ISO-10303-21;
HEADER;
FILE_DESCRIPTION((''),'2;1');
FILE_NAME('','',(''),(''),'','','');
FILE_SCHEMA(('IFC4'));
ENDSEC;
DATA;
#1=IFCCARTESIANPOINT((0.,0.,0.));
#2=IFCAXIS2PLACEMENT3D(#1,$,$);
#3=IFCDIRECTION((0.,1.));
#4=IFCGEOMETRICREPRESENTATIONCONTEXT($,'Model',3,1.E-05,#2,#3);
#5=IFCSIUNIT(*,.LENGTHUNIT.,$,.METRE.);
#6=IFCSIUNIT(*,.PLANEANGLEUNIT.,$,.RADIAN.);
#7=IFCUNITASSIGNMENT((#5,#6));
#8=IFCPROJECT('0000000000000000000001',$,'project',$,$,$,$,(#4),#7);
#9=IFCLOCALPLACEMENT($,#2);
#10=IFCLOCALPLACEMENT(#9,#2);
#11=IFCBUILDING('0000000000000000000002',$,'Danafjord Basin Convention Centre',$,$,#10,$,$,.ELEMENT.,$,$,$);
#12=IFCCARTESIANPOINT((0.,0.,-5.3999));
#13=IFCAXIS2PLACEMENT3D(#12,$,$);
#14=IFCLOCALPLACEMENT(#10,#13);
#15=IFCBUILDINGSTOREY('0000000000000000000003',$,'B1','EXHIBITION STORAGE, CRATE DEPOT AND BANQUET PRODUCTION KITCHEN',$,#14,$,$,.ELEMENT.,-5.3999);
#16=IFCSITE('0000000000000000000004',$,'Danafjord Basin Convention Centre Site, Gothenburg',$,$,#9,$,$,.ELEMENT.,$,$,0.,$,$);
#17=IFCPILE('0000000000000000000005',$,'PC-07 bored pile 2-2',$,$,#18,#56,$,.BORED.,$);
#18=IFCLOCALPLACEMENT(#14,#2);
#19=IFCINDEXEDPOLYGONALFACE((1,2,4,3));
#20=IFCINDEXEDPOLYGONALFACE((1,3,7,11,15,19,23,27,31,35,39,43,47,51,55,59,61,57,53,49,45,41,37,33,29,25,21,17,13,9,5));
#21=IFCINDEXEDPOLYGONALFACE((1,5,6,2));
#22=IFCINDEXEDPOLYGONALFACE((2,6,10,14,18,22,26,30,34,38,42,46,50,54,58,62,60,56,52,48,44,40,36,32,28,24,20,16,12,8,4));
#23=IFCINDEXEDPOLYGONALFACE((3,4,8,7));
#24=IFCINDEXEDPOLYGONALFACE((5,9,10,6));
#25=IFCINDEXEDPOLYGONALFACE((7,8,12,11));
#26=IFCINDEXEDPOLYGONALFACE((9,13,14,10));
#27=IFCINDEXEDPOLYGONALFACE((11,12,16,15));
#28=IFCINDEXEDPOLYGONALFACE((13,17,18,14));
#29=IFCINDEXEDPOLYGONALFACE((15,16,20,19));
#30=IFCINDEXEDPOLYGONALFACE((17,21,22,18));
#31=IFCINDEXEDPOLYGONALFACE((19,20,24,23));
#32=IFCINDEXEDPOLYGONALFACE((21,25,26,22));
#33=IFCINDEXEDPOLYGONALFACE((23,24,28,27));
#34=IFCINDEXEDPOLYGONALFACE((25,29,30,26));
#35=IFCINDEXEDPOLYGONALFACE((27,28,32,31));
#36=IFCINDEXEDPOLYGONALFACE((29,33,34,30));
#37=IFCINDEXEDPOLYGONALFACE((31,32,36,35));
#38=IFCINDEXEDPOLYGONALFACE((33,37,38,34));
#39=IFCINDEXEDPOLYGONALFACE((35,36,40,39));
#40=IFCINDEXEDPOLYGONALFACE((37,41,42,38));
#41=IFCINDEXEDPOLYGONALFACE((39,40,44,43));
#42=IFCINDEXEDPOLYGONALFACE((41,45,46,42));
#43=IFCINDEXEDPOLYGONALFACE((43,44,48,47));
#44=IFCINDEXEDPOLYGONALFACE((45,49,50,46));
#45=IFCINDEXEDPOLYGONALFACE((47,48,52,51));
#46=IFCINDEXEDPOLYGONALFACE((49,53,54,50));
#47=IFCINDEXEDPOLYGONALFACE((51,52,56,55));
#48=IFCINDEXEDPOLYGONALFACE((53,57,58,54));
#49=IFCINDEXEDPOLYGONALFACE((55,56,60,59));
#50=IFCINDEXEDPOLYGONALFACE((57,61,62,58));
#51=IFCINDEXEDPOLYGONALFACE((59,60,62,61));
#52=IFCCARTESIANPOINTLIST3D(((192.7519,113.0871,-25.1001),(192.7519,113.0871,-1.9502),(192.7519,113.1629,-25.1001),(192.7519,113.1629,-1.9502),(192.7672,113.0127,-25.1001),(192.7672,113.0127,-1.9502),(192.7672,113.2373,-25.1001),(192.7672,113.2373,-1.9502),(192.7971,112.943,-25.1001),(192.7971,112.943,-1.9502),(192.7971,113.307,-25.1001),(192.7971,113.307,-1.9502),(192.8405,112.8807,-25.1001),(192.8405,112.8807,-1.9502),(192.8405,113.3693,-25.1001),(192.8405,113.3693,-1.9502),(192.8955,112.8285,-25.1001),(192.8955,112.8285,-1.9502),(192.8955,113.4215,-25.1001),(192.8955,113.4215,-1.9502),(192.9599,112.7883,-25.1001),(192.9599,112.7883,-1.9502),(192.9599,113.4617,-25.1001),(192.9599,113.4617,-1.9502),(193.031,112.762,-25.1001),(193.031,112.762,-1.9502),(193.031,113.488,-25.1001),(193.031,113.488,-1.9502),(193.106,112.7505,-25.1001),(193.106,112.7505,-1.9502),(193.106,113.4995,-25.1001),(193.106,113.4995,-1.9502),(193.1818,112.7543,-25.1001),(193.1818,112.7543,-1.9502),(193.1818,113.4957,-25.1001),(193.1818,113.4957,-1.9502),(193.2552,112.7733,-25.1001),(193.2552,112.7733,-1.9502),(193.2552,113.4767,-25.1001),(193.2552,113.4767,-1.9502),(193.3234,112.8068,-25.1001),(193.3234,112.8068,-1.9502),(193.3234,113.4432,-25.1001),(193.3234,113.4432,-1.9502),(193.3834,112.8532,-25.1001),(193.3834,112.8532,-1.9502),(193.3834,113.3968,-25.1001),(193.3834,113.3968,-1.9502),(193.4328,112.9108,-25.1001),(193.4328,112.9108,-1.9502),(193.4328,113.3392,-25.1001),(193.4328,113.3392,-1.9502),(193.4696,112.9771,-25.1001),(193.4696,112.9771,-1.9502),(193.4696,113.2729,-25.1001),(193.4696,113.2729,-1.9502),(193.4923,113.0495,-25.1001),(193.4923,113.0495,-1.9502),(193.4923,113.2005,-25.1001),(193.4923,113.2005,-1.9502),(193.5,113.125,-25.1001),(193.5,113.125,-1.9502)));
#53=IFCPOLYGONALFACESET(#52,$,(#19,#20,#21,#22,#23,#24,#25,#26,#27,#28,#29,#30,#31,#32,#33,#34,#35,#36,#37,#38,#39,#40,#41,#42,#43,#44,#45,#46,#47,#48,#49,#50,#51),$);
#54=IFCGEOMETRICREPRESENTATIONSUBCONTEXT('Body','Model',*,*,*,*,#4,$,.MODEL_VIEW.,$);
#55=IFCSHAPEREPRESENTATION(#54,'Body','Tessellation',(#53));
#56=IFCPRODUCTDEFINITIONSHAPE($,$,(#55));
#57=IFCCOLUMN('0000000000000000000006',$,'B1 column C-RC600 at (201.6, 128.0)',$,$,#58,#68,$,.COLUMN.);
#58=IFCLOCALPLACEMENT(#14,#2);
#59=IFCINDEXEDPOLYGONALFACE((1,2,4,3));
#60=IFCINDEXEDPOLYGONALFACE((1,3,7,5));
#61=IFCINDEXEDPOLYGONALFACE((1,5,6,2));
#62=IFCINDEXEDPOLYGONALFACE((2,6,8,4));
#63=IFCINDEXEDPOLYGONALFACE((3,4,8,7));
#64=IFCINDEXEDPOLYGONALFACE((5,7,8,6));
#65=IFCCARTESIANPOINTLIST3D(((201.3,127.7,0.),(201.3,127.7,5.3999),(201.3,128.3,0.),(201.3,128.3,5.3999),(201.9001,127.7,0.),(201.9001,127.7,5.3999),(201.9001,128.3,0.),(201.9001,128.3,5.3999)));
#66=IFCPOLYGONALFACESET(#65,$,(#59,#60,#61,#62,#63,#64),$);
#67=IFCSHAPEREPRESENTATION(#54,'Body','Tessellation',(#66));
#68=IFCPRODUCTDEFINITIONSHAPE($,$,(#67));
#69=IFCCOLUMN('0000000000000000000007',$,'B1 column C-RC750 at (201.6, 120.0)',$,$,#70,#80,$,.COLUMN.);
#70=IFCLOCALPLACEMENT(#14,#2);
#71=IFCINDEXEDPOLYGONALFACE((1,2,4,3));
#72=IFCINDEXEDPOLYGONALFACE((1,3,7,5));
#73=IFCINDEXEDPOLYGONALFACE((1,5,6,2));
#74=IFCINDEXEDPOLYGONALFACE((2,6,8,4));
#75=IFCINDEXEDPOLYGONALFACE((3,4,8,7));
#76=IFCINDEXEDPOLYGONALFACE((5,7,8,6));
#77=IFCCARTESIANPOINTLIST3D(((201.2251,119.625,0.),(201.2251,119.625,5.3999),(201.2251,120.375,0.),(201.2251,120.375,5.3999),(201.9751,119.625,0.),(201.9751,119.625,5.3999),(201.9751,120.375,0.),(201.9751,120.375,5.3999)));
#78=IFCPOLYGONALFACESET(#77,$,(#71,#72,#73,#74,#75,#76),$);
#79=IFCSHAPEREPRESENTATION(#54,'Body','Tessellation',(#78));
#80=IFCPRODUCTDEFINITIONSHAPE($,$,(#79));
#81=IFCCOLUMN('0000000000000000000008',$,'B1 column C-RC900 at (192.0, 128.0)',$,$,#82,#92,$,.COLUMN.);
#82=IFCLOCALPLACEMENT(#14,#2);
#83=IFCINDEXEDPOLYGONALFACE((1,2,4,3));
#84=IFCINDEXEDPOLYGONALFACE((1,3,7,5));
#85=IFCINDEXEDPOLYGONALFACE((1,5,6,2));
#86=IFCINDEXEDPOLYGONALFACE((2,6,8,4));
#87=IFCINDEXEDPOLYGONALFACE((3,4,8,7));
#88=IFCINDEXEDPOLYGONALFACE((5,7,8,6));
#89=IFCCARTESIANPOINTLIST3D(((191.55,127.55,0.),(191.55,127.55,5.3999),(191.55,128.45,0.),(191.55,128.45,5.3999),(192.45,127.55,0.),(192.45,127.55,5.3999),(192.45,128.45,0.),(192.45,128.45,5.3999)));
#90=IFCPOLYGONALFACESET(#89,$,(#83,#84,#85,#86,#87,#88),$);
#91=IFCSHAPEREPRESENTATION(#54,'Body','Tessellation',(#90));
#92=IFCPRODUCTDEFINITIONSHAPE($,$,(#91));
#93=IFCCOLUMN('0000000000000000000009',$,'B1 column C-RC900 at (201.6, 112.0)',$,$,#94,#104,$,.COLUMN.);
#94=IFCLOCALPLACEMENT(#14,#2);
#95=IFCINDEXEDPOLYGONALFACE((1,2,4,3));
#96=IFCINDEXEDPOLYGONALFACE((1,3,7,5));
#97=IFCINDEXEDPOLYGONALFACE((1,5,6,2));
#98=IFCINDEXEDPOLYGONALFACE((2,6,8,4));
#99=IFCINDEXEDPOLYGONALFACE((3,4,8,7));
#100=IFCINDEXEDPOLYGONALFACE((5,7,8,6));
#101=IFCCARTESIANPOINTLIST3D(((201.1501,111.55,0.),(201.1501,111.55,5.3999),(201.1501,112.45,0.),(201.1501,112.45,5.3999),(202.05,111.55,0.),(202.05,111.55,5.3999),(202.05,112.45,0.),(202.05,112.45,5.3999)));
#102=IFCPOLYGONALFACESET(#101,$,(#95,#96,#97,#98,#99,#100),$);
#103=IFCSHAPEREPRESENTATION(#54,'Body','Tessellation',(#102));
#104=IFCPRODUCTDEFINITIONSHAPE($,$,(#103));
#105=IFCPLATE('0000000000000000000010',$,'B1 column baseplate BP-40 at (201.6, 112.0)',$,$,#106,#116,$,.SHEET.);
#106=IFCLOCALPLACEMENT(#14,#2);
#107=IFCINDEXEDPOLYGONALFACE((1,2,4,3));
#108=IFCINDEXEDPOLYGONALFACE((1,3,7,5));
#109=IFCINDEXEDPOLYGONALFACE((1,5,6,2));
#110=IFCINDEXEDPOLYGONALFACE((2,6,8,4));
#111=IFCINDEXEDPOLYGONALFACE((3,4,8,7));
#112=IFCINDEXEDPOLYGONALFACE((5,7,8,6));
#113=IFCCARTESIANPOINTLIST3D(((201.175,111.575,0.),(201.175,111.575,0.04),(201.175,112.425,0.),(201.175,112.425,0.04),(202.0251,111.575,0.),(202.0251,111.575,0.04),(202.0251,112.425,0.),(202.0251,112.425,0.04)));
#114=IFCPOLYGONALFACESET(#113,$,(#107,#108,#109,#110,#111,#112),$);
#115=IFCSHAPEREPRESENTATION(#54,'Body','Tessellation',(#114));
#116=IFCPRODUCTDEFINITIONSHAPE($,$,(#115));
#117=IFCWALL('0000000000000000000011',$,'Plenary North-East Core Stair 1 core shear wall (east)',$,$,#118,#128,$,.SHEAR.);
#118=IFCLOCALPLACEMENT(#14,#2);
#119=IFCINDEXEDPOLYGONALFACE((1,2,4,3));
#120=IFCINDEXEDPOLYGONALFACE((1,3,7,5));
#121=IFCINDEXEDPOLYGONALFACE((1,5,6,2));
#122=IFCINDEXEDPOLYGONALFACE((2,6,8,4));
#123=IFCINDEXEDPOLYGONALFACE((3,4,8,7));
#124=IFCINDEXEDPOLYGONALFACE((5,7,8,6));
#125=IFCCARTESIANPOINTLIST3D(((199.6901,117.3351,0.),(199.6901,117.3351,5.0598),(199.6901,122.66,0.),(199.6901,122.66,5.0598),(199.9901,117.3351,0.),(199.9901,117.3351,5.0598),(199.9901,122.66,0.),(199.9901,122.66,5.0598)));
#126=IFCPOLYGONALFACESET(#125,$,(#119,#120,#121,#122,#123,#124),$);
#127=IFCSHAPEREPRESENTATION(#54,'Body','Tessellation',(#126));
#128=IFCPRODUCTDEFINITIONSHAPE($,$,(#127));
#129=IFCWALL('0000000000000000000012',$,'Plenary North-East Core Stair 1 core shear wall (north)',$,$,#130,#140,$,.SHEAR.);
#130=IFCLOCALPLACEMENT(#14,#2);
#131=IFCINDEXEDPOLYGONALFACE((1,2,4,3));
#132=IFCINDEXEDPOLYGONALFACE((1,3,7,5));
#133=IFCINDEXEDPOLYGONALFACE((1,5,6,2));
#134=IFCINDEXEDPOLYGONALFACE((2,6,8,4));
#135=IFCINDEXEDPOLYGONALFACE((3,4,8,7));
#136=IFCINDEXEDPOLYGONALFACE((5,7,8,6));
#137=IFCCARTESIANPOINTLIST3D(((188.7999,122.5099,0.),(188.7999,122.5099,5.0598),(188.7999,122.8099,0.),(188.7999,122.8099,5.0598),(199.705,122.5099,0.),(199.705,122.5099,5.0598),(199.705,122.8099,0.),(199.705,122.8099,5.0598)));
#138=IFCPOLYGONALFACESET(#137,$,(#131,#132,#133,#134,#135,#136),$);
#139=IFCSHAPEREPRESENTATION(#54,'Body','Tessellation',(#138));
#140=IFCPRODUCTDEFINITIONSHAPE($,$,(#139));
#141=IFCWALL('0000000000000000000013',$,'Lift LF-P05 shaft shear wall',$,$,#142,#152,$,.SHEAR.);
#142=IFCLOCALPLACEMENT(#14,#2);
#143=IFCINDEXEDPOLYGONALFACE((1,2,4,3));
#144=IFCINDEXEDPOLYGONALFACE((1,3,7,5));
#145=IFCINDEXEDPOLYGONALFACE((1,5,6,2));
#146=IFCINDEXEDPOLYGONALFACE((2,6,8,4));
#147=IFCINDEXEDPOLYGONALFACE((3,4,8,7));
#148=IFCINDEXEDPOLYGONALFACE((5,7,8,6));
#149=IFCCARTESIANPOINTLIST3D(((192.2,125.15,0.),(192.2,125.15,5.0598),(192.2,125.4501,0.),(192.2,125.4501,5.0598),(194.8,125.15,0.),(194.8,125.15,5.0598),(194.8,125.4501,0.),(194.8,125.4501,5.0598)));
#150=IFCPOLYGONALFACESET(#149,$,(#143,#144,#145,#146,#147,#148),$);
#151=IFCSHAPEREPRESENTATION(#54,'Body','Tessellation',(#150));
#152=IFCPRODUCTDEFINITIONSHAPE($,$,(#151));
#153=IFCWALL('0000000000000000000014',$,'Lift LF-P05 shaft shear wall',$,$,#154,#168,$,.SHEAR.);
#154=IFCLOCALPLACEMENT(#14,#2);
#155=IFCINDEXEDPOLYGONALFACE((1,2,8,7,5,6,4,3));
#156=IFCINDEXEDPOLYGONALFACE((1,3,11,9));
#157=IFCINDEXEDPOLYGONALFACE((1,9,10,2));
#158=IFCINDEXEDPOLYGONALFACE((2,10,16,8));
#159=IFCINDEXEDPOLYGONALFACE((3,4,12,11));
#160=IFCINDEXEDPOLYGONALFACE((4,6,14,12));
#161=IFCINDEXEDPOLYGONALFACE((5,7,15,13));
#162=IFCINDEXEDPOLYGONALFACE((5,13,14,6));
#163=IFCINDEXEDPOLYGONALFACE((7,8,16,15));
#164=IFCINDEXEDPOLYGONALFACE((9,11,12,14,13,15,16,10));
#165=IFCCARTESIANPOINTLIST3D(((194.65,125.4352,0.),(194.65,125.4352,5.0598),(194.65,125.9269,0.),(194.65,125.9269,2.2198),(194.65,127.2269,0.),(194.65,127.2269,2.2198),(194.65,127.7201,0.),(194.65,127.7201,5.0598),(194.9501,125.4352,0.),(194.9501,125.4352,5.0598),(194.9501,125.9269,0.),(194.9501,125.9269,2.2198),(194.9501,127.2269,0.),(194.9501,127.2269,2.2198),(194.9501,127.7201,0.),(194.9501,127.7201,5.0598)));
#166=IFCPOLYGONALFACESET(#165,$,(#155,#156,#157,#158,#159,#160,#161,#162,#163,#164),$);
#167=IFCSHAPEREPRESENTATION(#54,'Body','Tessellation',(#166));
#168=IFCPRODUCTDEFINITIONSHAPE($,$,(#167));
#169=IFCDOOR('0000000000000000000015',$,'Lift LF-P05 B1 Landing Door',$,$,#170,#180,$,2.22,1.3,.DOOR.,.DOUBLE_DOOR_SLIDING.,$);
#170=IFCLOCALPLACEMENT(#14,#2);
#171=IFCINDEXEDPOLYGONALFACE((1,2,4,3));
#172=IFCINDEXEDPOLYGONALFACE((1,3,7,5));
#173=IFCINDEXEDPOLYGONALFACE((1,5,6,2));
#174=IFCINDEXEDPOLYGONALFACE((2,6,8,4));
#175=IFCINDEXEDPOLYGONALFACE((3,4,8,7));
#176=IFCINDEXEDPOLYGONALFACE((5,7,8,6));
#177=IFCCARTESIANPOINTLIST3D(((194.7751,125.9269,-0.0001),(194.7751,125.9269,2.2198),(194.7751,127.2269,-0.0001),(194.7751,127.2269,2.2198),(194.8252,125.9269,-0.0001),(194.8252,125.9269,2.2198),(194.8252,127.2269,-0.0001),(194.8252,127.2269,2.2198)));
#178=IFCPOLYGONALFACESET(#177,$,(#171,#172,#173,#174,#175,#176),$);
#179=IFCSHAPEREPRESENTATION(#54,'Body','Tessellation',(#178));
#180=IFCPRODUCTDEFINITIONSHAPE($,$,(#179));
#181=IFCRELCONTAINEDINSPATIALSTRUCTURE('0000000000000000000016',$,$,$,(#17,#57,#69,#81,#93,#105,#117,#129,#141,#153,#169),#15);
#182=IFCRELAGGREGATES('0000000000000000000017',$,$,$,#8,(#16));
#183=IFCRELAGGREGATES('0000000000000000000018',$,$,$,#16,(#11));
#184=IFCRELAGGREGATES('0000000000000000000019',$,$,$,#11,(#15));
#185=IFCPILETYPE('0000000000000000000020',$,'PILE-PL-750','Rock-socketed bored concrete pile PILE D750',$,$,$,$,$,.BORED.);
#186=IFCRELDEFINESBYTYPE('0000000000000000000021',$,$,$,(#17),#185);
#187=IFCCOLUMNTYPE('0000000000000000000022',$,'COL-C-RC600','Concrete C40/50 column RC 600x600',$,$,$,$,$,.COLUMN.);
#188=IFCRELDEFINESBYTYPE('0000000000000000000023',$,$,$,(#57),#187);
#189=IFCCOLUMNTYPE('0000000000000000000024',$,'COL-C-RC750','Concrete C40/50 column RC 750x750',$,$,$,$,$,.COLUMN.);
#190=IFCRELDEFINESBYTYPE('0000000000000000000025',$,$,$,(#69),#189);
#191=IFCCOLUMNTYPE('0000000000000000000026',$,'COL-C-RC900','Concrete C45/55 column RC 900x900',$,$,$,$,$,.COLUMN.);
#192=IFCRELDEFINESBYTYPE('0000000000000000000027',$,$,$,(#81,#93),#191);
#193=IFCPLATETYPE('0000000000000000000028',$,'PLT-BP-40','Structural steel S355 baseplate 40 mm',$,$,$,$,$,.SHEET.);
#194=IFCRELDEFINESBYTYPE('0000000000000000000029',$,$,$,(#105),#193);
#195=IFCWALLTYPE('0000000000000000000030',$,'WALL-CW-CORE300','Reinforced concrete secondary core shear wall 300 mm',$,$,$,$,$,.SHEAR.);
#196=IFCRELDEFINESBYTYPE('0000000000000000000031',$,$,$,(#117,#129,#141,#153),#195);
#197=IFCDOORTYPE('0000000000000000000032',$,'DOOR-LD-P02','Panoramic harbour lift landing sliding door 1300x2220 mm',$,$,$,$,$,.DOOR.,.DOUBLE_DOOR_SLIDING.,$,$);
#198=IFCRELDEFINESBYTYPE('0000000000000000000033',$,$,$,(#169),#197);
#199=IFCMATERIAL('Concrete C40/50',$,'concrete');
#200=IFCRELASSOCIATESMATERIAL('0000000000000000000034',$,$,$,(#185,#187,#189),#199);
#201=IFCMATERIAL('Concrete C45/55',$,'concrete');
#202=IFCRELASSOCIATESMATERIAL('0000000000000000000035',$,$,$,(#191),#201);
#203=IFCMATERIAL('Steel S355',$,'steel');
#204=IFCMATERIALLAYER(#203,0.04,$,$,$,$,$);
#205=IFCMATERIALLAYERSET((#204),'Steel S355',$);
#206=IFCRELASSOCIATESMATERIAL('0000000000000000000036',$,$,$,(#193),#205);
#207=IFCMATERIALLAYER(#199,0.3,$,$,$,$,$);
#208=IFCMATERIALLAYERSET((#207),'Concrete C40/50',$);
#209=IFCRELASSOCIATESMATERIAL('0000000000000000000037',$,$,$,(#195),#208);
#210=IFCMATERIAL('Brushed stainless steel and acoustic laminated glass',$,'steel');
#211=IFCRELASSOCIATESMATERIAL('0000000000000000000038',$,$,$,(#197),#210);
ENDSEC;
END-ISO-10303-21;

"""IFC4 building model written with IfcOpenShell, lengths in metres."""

from ifc_helpers import new_model, si_unit, direction, frame, frame_2d, origin, origin_2d, place, context, subcontext, project, spatial, rectangle, circle, extrude, material, layer, layer_set, material_profile, profile_set, type_object, element, fill, save


model = new_model("IFC4")

# Units and contexts
model_context = context("Model", 3, precision=1e-05, world=origin(), true_north=direction((0.0, 1.0)))
body_context = subcontext(model_context, "Body", "Model", "MODEL_VIEW")
ifc_project = project(units=[si_unit("LENGTHUNIT", "METRE"), si_unit("PLANEANGLEUNIT", "RADIAN")], contexts=[model_context])

# Site, building, storey
site_placement = place(None, origin())
site = spatial("IfcSite", under=ifc_project, at=site_placement, Name="Danafjord Basin Convention Centre Site, Gothenburg", CompositionType="ELEMENT", RefElevation=0.0)
building_placement = place(site_placement, origin())
building = spatial("IfcBuilding", under=site, at=building_placement, Name="Danafjord Basin Convention Centre", CompositionType="ELEMENT")
storey_placement = place(building_placement, frame((0.0, 0.0, -5.3999)))
storey = spatial("IfcBuildingStorey", under=building, at=storey_placement, Name="B1", Description="EXHIBITION STORAGE, CRATE DEPOT AND BANQUET PRODUCTION KITCHEN", CompositionType="ELEMENT", Elevation=-5.3999)

# Shared definitions
ifc_material_1 = material(Name="Concrete C40/50", Category="concrete")

# Pile
ifc_material_profile_1 = material_profile(ifc_material_1, circle(Radius=0.375, at=origin_2d()), Name="PILE D750")
ifc_profile_set_1 = profile_set([ifc_material_profile_1], Name="Concrete C40/50")
pile_type_1 = type_object("IfcPileType", Name="PILE-PL-750", Description="Rock-socketed bored concrete pile PILE D750", PredefinedType="BORED", material=ifc_profile_set_1)
pile_placement = place(storey_placement, frame((193.125, 113.125, -1.9502), z_axis=(0.0, 0.0, -1.0), x_axis=(1.0, 0.0, 0.0)))
element("IfcPile", 1, at=pile_placement, inside=storey, type_object=pile_type_1, Name="PC-07 bored pile 2-2", PredefinedType="BORED", context=body_context, shape_type="SweptSolid", body=[
    extrude(circle(Radius=0.375, at=origin_2d()), origin(), (0.0, 0.0, 1.0), 23.1499),
])

# Columns
ifc_material_profile_2 = material_profile(ifc_material_1, rectangle(XDim=0.6001, YDim=0.6001, at=origin_2d()), Name="RC 600x600")
ifc_profile_set_2 = profile_set([ifc_material_profile_2], Name="Concrete C40/50")
column_type_1 = type_object("IfcColumnType", Name="COL-C-RC600", Description="Concrete C40/50 column RC 600x600", PredefinedType="COLUMN", material=ifc_profile_set_2)
column_1_placement = place(storey_placement, frame((201.6001, 128.0, 0.0), z_axis=(0.0, 0.0, 1.0), x_axis=(1.0, 0.0, 0.0)))
element("IfcColumn", 2, at=column_1_placement, inside=storey, type_object=column_type_1, Name="B1 column C-RC600 at (201.6, 128.0)", PredefinedType="COLUMN", context=body_context, shape_type="SweptSolid", body=[
    extrude(rectangle(XDim=0.6001, YDim=0.6001, at=origin_2d()), origin(), (0.0, 0.0, 1.0), 5.3999),
])
ifc_material_profile_3 = material_profile(ifc_material_1, rectangle(XDim=0.75, YDim=0.75, at=origin_2d()), Name="RC 750x750")
ifc_profile_set_3 = profile_set([ifc_material_profile_3], Name="Concrete C40/50")
column_type_2 = type_object("IfcColumnType", Name="COL-C-RC750", Description="Concrete C40/50 column RC 750x750", PredefinedType="COLUMN", material=ifc_profile_set_3)
column_2_placement = place(storey_placement, frame((201.6001, 120.0, 0.0), z_axis=(0.0, 0.0, 1.0), x_axis=(1.0, 0.0, 0.0)))
element("IfcColumn", 3, at=column_2_placement, inside=storey, type_object=column_type_2, Name="B1 column C-RC750 at (201.6, 120.0)", PredefinedType="COLUMN", context=body_context, shape_type="SweptSolid", body=[
    extrude(rectangle(XDim=0.75, YDim=0.75, at=origin_2d()), origin(), (0.0, 0.0, 1.0), 5.3999),
])
ifc_material_2 = material(Name="Concrete C45/55", Category="concrete")
ifc_material_profile_4 = material_profile(ifc_material_2, rectangle(XDim=0.8999, YDim=0.8999, at=origin_2d()), Name="RC 900x900")
ifc_profile_set_4 = profile_set([ifc_material_profile_4], Name="Concrete C45/55")
column_type_3 = type_object("IfcColumnType", Name="COL-C-RC900", Description="Concrete C45/55 column RC 900x900", PredefinedType="COLUMN", material=ifc_profile_set_4)
for number, where, z_axis, x_axis, name in (
    (4, (192.0, 128.0, 0.0), (0.0, 0.0, 1.0), (1.0, 0.0, 0.0), "B1 column C-RC900 at (192.0, 128.0)"),
    (5, (201.6001, 112.0, 0.0), (0.0, 0.0, 1.0), (1.0, 0.0, 0.0), "B1 column C-RC900 at (201.6, 112.0)"),
):
    element("IfcColumn", number, at=place(storey_placement, frame(where, z_axis=z_axis, x_axis=x_axis)), inside=storey, type_object=column_type_3, Name=name, PredefinedType="COLUMN", context=body_context, shape_type="SweptSolid", body=[
        extrude(rectangle(XDim=0.8999, YDim=0.8999, at=origin_2d()), origin(), (0.0, 0.0, 1.0), 5.3999),
    ])

# Plate
ifc_material_3 = material(Name="Steel S355", Category="steel")
ifc_layer_1 = layer(ifc_material_3, 0.04)
ifc_layer_set_1 = layer_set([ifc_layer_1], Name="Steel S355")
plate_type = type_object("IfcPlateType", Name="PLT-BP-40", Description="Structural steel S355 baseplate 40 mm", PredefinedType="SHEET", material=ifc_layer_set_1)
plate_placement = place(storey_placement, frame((201.6001, 112.0, 0.0), z_axis=(0.0, 0.0, 1.0), x_axis=(1.0, 0.0, 0.0)))
element("IfcPlate", 6, at=plate_placement, inside=storey, type_object=plate_type, Name="B1 column baseplate BP-40 at (201.6, 112.0)", PredefinedType="SHEET", context=body_context, shape_type="SweptSolid", body=[
    extrude(rectangle(XDim=0.8501, YDim=0.8501, at=origin_2d()), origin(), (0.0, 0.0, 1.0), 0.04),
])

# Walls
ifc_layer_2 = layer(ifc_material_1, 0.3)
ifc_layer_set_2 = layer_set([ifc_layer_2], Name="Concrete C40/50")
wall_type_1 = type_object("IfcWallType", Name="WALL-CW-CORE300", Description="Reinforced concrete secondary core shear wall 300 mm", PredefinedType="SHEAR", material=ifc_layer_set_2)
wall_1_placement = place(storey_placement, frame((199.8401, 117.335, 0.0), z_axis=(0.0, 0.0, 1.0), x_axis=(0.0, 1.0, 0.0)))
element("IfcWall", 7, at=wall_1_placement, inside=storey, type_object=wall_type_1, Name="Plenary North-East Core Stair 1 core shear wall (east)", PredefinedType="SHEAR", context=body_context, shape_type="SweptSolid", body=[
    extrude(rectangle(XDim=5.325, YDim=0.3, at=frame_2d((2.6626, 0.0))), origin(), (0.0, 0.0, 1.0), 5.0598),
])
wall_2_placement = place(storey_placement, frame((199.7051, 122.6599, 0.0), z_axis=(0.0, 0.0, 1.0), x_axis=(-1.0, 0.0, 0.0)))
element("IfcWall", 8, at=wall_2_placement, inside=storey, type_object=wall_type_1, Name="Plenary North-East Core Stair 1 core shear wall (north)", PredefinedType="SHEAR", context=body_context, shape_type="SweptSolid", body=[
    extrude(rectangle(XDim=10.905, YDim=0.3, at=frame_2d((5.4526, 0.0))), origin(), (0.0, 0.0, 1.0), 5.0598),
])
wall_3_placement = place(storey_placement, frame((192.2, 125.3, 0.0), z_axis=(0.0, 0.0, 1.0), x_axis=(1.0, 0.0, 0.0)))
element("IfcWall", 9, at=wall_3_placement, inside=storey, type_object=wall_type_1, Name="Lift LF-P05 shaft shear wall", PredefinedType="SHEAR", context=body_context, shape_type="SweptSolid", body=[
    extrude(rectangle(XDim=2.6001, YDim=0.3, at=frame_2d((1.3, 0.0))), origin(), (0.0, 0.0, 1.0), 5.0598),
])

# Wall, opening, door
wall_4_placement = place(storey_placement, frame((194.8, 125.4351, 0.0), z_axis=(0.0, 0.0, 1.0), x_axis=(0.0, 1.0, 0.0)))
wall_4 = element("IfcWall", 10, at=wall_4_placement, inside=storey, type_object=wall_type_1, Name="Lift LF-P05 shaft shear wall", PredefinedType="SHEAR", context=body_context, shape_type="SweptSolid", body=[
    extrude(rectangle(XDim=2.2849, YDim=0.3, at=frame_2d((1.1426, 0.0))), origin(), (0.0, 0.0, 1.0), 5.0598),
])
opening_placement = place(wall_4_placement, frame((0.4919, 0.0, 0.0)))
opening = element("IfcOpeningElement", 11, at=opening_placement, cuts=wall_4, PredefinedType="OPENING", context=body_context, shape_type="SweptSolid", body=[
    extrude(rectangle(XDim=1.3, YDim=2.22, at=frame_2d((0.6499, 1.1099))), frame((0.0, 0.1599, 0.0), z_axis=(0.0, -1.0, 0.0), x_axis=(1.0, 0.0, 0.0)), (0.0, 0.0, 1.0), 0.3201),
])
ifc_material_4 = material(Name="Brushed stainless steel and acoustic laminated glass", Category="steel")
door_type = type_object("IfcDoorType", Name="DOOR-LD-P02", Description="Panoramic harbour lift landing sliding door 1300x2220 mm", OperationType="DOUBLE_DOOR_SLIDING", PredefinedType="DOOR", material=ifc_material_4)
door_placement = place(opening_placement, origin())
door = element("IfcDoor", 12, at=door_placement, inside=storey, type_object=door_type, Name="Lift LF-P05 B1 Landing Door", OperationType="DOUBLE_DOOR_SLIDING", OverallHeight=2.22, OverallWidth=1.3, PredefinedType="DOOR", context=body_context, shape_type="SweptSolid", body=[
    extrude(rectangle(XDim=1.3, YDim=2.22, at=frame_2d((0.6499, 1.1099))), frame((0.0, 0.0249, 0.0), z_axis=(0.0, -1.0, 0.0), x_axis=(1.0, 0.0, 0.0)), (0.0, 0.0, 1.0), 0.05),
])
fill(opening, door)

save(model, "model.ifc")
